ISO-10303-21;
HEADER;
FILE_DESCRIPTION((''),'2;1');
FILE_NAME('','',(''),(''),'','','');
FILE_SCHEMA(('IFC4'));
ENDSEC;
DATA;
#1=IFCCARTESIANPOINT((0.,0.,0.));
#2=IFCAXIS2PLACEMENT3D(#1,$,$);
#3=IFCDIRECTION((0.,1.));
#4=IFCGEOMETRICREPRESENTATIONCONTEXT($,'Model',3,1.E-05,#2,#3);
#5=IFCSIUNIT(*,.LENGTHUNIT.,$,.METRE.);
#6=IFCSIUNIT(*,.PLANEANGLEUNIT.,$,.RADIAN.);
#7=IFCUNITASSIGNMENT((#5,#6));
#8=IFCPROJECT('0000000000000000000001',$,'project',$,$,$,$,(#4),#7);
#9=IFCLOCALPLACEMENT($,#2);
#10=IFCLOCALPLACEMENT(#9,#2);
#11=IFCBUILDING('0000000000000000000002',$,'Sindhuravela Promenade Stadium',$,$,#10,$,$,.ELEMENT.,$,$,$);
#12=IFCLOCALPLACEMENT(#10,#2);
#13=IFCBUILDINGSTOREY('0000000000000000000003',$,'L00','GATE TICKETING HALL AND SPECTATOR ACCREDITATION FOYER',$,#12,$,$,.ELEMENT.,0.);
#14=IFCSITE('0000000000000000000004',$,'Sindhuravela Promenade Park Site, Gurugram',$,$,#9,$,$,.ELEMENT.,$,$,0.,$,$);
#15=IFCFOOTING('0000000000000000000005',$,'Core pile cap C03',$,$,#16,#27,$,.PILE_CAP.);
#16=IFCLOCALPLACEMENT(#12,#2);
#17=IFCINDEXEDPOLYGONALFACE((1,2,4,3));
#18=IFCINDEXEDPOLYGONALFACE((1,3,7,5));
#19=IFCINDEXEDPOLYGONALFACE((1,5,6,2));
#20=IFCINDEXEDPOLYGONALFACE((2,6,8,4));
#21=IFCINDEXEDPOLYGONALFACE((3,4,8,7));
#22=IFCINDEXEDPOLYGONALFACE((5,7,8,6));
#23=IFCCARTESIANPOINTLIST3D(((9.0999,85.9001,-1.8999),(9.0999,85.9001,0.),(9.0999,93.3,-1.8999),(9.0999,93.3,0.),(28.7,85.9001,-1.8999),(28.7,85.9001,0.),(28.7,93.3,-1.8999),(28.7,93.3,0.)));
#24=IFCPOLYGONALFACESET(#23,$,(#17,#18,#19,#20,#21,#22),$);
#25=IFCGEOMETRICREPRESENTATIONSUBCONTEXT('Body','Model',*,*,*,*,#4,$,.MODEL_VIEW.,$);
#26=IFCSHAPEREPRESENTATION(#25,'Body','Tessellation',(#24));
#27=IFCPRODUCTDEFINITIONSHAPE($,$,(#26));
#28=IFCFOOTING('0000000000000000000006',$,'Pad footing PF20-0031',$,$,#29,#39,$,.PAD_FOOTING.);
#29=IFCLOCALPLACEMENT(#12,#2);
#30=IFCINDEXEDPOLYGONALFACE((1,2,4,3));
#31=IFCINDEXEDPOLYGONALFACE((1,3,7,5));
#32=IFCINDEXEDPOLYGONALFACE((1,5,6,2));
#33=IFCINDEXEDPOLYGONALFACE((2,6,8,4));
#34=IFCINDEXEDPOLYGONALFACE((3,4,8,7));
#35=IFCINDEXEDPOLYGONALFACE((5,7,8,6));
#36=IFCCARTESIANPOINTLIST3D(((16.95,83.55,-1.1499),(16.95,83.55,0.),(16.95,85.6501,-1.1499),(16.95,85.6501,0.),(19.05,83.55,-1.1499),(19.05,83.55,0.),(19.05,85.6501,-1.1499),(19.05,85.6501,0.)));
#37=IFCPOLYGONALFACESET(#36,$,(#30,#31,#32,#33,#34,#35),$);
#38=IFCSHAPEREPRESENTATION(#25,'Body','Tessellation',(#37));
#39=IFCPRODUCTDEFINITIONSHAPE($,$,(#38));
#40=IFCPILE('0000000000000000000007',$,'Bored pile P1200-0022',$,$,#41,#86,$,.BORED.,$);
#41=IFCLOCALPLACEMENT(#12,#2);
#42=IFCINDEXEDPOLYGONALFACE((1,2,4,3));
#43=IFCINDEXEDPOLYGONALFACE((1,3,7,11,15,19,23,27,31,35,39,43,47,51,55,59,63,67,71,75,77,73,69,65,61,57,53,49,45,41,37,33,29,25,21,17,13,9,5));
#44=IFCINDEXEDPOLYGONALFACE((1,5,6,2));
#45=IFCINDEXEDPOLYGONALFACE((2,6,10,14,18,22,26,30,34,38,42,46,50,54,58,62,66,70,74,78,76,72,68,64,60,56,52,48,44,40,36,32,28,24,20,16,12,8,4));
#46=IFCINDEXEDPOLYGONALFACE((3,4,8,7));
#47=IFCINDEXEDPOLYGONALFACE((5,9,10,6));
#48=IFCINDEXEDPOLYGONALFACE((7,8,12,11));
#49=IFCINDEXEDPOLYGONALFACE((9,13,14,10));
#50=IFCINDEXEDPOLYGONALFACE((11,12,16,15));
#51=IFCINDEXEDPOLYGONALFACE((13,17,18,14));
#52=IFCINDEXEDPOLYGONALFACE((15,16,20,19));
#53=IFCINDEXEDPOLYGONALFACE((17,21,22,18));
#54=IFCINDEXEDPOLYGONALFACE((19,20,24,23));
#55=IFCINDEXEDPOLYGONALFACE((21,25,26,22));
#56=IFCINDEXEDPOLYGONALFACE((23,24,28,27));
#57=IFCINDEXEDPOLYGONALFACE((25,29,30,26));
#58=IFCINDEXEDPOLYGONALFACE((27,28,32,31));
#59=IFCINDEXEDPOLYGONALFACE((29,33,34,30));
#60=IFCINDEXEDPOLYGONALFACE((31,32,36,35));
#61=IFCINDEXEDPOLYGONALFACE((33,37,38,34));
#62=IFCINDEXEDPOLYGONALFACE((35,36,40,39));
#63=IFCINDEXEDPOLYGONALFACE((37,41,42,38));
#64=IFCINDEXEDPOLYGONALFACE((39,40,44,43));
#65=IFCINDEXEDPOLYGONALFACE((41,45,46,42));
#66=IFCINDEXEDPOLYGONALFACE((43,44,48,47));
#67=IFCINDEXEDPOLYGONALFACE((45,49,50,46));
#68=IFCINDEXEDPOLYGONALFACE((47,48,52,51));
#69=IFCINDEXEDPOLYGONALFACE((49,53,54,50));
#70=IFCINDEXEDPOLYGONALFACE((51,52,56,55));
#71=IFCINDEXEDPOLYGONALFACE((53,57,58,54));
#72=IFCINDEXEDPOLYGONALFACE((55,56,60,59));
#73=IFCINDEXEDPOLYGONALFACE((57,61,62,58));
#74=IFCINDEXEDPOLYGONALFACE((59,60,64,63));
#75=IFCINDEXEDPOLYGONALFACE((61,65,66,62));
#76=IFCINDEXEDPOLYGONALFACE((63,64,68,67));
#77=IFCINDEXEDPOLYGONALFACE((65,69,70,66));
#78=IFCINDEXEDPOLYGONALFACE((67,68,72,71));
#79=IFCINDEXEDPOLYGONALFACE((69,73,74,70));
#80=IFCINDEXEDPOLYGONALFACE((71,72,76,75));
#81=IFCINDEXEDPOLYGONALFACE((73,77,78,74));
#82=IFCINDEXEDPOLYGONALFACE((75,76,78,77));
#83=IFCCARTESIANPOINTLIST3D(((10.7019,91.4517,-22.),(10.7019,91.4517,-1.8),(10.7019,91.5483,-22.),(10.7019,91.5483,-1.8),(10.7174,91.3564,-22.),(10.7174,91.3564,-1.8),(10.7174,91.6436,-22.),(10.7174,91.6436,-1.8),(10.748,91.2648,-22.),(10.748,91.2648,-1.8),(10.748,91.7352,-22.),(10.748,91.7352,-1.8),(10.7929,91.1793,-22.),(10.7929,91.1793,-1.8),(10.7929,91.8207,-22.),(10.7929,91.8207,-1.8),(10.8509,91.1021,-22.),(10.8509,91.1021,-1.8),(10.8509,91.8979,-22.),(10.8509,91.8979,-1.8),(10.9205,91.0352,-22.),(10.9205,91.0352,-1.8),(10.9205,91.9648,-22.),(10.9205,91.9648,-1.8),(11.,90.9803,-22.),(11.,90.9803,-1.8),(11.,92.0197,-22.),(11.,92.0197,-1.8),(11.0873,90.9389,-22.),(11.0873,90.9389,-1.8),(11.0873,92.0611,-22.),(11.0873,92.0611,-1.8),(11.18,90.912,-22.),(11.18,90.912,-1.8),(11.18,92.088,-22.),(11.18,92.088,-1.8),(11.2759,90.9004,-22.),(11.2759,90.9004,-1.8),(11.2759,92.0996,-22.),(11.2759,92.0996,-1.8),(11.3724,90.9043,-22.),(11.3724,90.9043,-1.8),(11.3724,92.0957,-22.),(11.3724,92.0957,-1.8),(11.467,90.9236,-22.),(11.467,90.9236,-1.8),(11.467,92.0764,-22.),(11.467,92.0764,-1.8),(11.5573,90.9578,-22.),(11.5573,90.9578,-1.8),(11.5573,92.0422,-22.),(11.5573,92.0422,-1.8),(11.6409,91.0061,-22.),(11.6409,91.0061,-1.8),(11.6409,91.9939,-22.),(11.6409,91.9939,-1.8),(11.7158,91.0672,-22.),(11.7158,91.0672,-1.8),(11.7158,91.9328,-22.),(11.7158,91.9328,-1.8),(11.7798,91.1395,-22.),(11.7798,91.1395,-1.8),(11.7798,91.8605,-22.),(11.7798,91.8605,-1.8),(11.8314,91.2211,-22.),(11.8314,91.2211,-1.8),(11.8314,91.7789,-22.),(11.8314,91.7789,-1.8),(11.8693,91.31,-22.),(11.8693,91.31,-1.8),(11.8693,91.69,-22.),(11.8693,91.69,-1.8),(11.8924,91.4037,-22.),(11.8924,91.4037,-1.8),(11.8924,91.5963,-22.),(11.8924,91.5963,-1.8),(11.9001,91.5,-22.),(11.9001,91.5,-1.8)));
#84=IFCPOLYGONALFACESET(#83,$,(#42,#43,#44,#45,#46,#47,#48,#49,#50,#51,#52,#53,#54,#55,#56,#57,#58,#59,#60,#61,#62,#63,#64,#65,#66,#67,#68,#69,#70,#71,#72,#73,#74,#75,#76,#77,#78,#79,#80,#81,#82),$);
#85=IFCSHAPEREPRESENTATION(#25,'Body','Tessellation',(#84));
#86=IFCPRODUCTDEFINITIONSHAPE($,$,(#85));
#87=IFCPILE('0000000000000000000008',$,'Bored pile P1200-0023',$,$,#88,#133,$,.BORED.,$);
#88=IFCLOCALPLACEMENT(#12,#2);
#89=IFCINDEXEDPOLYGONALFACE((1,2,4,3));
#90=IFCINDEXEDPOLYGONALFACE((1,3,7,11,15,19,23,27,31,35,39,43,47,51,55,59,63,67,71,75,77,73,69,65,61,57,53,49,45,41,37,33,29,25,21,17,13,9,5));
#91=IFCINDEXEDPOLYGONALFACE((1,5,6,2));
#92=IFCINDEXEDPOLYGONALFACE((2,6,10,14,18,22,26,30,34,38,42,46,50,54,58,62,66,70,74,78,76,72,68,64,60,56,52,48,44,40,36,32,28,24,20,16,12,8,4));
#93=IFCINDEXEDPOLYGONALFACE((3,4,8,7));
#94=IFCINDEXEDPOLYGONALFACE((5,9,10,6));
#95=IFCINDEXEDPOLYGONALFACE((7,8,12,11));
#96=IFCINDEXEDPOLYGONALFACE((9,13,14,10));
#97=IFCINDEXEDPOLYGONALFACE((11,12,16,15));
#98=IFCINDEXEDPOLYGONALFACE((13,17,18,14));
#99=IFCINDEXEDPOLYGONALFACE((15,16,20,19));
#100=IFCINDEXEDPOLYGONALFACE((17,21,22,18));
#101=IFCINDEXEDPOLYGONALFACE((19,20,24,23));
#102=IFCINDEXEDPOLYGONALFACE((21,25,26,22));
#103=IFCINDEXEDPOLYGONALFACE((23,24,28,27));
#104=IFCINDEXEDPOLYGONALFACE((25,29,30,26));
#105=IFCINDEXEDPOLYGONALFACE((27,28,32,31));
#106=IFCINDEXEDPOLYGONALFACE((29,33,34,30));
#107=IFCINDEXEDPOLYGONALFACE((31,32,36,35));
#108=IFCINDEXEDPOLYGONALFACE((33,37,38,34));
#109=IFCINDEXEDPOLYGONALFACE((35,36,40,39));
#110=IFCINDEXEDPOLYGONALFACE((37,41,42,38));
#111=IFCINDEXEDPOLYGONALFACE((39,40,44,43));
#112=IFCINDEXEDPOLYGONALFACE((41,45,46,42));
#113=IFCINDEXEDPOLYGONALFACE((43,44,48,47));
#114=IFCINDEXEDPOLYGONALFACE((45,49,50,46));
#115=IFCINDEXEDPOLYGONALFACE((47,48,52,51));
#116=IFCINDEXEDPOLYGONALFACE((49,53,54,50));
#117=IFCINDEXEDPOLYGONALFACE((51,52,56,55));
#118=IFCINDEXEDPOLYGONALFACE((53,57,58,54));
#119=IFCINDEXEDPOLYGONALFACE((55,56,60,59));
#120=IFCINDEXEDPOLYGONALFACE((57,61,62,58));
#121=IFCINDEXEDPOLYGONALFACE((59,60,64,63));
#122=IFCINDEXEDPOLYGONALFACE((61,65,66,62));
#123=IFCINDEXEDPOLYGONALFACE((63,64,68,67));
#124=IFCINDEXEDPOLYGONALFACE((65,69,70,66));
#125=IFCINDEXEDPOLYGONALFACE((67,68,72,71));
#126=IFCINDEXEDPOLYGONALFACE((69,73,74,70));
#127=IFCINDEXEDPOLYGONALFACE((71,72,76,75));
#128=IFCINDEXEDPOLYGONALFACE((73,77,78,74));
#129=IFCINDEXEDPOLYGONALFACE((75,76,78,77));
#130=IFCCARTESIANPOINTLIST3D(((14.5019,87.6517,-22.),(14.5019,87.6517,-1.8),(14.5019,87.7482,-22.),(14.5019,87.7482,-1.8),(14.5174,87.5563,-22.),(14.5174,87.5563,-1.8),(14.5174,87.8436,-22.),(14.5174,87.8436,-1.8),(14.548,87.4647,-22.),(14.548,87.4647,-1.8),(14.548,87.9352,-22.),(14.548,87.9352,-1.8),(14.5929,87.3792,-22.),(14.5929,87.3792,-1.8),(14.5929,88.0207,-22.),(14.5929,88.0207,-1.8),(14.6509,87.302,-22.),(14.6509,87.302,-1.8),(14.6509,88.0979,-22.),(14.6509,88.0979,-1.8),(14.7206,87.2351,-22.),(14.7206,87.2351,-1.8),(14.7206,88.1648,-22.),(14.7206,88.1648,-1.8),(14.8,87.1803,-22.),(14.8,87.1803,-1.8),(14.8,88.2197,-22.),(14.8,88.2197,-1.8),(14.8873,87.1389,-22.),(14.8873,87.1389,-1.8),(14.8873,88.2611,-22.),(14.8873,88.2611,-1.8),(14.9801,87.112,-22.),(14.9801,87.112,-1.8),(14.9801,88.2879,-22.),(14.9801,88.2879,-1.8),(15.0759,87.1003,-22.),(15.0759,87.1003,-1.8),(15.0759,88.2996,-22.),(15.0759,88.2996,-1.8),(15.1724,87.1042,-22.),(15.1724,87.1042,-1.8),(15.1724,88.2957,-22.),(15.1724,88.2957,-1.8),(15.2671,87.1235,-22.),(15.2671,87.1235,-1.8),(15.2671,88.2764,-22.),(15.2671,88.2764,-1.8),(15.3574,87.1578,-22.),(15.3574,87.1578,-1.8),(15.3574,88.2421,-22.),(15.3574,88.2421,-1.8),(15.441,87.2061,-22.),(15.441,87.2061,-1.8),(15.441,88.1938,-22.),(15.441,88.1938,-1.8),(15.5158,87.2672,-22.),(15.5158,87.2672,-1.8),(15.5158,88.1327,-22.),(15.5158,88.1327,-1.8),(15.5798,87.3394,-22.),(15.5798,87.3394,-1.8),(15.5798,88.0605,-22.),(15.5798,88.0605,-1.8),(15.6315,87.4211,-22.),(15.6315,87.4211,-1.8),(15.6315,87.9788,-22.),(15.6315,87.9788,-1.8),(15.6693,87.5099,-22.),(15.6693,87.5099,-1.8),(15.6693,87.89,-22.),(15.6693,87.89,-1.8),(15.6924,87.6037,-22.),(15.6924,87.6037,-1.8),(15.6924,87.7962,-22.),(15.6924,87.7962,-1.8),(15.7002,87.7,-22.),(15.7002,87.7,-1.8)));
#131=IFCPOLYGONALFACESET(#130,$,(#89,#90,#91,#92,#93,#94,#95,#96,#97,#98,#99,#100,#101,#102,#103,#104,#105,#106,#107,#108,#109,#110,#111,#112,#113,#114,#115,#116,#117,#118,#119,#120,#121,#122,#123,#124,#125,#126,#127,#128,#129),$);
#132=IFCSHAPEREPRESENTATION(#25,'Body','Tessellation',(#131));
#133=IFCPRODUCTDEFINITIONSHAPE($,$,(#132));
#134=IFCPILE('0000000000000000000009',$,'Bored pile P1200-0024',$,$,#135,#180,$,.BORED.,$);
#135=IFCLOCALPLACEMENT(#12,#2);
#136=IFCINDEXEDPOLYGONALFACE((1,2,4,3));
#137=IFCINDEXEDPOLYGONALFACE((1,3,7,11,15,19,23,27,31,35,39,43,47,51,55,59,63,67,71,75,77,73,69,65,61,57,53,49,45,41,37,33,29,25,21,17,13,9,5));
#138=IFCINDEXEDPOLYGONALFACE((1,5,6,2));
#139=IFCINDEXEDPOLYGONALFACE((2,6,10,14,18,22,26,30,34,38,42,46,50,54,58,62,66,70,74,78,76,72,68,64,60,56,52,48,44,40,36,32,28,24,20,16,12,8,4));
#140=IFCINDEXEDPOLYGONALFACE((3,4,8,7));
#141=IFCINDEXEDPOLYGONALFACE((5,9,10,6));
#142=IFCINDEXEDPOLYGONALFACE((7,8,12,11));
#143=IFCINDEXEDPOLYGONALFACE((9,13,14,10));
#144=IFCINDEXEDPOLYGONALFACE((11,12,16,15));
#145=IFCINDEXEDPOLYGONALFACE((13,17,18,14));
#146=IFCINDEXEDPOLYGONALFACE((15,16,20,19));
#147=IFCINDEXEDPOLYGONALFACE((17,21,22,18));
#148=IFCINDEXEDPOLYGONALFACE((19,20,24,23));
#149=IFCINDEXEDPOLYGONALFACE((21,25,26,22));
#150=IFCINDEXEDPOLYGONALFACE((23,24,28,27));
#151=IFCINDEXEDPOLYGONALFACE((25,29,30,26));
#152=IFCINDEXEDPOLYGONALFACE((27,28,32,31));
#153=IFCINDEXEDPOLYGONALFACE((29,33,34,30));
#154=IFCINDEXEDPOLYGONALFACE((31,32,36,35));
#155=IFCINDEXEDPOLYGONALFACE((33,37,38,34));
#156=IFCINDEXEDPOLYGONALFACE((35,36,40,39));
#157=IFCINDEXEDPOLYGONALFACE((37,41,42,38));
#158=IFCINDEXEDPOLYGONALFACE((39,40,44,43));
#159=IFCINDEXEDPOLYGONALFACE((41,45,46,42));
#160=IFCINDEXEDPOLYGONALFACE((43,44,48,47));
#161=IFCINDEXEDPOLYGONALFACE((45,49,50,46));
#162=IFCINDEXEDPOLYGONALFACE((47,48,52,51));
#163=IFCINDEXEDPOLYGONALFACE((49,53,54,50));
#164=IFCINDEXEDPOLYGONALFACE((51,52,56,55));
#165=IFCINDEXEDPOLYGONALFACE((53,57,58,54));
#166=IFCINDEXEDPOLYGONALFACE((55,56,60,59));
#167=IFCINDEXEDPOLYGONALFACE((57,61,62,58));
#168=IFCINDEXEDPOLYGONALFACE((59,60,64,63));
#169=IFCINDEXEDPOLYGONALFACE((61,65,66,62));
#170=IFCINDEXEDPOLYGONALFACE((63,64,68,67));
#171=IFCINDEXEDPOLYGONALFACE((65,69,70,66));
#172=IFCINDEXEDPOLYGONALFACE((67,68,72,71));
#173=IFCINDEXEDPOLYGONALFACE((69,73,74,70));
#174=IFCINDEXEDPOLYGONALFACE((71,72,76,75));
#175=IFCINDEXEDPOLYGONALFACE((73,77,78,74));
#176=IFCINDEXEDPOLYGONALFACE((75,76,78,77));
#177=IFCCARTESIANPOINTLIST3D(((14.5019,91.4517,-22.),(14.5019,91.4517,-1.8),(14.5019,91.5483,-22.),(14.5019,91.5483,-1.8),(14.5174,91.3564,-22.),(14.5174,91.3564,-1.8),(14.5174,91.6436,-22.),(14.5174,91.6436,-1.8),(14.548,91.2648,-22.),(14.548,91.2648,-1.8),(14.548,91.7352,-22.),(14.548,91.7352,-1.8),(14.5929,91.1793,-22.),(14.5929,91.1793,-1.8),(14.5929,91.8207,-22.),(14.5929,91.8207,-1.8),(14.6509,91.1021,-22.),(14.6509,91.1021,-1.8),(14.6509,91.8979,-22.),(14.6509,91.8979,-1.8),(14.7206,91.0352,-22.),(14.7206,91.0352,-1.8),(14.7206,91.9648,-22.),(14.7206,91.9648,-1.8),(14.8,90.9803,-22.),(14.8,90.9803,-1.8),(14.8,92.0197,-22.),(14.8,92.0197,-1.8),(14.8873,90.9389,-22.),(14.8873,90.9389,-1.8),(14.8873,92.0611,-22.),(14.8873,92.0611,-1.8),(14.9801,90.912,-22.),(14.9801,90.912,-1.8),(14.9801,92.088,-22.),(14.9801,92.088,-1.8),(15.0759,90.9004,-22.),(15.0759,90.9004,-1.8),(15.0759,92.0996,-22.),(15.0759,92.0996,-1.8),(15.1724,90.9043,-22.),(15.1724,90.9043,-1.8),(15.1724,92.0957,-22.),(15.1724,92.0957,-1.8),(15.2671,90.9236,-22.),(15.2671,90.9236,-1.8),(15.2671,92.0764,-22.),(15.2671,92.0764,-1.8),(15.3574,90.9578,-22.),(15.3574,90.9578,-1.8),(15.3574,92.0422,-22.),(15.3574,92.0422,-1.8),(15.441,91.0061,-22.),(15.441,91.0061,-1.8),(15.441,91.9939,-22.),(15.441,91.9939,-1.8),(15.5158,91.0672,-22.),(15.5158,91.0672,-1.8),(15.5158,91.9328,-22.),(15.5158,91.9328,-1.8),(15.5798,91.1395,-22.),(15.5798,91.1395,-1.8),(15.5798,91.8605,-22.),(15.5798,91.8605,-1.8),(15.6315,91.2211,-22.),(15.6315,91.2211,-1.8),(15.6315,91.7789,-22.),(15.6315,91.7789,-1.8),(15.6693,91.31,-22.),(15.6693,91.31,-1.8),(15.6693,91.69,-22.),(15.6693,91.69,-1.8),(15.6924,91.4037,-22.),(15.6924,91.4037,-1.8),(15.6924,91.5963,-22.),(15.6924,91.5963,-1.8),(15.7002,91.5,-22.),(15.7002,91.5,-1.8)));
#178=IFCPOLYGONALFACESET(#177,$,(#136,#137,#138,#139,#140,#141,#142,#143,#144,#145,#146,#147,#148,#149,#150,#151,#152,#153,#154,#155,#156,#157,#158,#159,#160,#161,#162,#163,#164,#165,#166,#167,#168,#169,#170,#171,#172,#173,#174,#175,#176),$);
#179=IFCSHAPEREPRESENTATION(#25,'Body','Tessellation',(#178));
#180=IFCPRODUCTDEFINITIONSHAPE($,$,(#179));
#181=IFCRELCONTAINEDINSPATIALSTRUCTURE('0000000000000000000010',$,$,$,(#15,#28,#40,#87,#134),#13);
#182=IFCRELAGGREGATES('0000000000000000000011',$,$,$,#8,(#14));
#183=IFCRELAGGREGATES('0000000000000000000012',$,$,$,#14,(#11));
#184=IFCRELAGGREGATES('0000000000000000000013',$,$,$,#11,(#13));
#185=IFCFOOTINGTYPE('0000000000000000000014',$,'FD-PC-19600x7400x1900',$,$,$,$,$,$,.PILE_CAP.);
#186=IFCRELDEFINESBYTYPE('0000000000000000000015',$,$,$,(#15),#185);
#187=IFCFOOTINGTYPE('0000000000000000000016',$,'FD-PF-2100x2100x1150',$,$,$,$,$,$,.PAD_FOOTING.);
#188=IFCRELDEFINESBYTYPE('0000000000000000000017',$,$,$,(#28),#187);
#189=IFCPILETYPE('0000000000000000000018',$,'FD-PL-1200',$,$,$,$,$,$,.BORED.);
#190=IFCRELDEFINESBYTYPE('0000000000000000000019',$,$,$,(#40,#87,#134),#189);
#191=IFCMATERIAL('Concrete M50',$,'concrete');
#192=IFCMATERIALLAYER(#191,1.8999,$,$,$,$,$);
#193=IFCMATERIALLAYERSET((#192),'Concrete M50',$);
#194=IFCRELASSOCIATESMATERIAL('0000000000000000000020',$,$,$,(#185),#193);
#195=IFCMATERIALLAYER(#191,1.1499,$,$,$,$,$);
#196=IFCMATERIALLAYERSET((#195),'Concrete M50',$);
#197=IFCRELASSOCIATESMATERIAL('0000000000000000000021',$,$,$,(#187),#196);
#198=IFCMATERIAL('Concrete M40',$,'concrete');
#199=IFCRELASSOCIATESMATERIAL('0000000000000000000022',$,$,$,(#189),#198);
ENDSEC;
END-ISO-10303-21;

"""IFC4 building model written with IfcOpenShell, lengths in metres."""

from ifc_helpers import new_model, si_unit, direction, frame, origin, origin_2d, place, context, subcontext, project, spatial, rectangle, circle, extrude, material, layer, layer_set, material_profile, profile_set, type_object, element, save


model = new_model("IFC4")

# Units and contexts
model_context = context("Model", 3, precision=1e-05, world=origin(), true_north=direction((0.0, 1.0)))
body_context = subcontext(model_context, "Body", "Model", "MODEL_VIEW")
ifc_project = project(units=[si_unit("LENGTHUNIT", "METRE"), si_unit("PLANEANGLEUNIT", "RADIAN")], contexts=[model_context])

# Site, building, storey
site_placement = place(None, origin())
site = spatial("IfcSite", under=ifc_project, at=site_placement, Name="Sindhuravela Promenade Park Site, Gurugram", CompositionType="ELEMENT", RefElevation=0.0)
building_placement = place(site_placement, origin())
building = spatial("IfcBuilding", under=site, at=building_placement, Name="Sindhuravela Promenade Stadium", CompositionType="ELEMENT")
storey_placement = place(building_placement, origin())
storey = spatial("IfcBuildingStorey", under=building, at=storey_placement, Name="L00", Description="GATE TICKETING HALL AND SPECTATOR ACCREDITATION FOYER", CompositionType="ELEMENT", Elevation=0.0)

# Footings
ifc_material_1 = material(Name="Concrete M50", Category="concrete")
ifc_layer_1 = layer(ifc_material_1, 1.8999)
ifc_layer_set_1 = layer_set([ifc_layer_1], Name="Concrete M50")
footing_type_1 = type_object("IfcFootingType", Name="FD-PC-19600x7400x1900", PredefinedType="PILE_CAP", material=ifc_layer_set_1)
footing_1_placement = place(storey_placement, frame((18.8999, 89.6001, -1.8999), z_axis=(0.0, 0.0, 1.0), x_axis=(1.0, 0.0, 0.0)))
element("IfcFooting", 1, at=footing_1_placement, inside=storey, type_object=footing_type_1, Name="Core pile cap C03", PredefinedType="PILE_CAP", context=body_context, shape_type="SweptSolid", body=[
    extrude(rectangle(XDim=19.6001, YDim=7.3999, at=origin_2d()), origin(), (0.0, 0.0, 1.0), 1.8999),
])
ifc_layer_2 = layer(ifc_material_1, 1.1499)
ifc_layer_set_2 = layer_set([ifc_layer_2], Name="Concrete M50")
footing_type_2 = type_object("IfcFootingType", Name="FD-PF-2100x2100x1150", PredefinedType="PAD_FOOTING", material=ifc_layer_set_2)
footing_2_placement = place(storey_placement, frame((18.0, 84.6001, -1.1499), z_axis=(0.0, 0.0, 1.0), x_axis=(1.0, 0.0, 0.0)))
element("IfcFooting", 2, at=footing_2_placement, inside=storey, type_object=footing_type_2, Name="Pad footing PF20-0031", PredefinedType="PAD_FOOTING", context=body_context, shape_type="SweptSolid", body=[
    extrude(rectangle(XDim=2.1001, YDim=2.1001, at=origin_2d()), origin(), (0.0, 0.0, 1.0), 1.1499),
])

# Piles
ifc_material_2 = material(Name="Concrete M40", Category="concrete")
ifc_material_profile_1 = material_profile(ifc_material_2, circle(Radius=0.6001, at=origin_2d()), Name="BORED PILE D1200")
ifc_profile_set_1 = profile_set([ifc_material_profile_1], Name="Concrete M40")
pile_type = type_object("IfcPileType", Name="FD-PL-1200", PredefinedType="BORED", material=ifc_profile_set_1)
for number, where, z_axis, x_axis, name in (
    (3, (11.3, 91.5, -1.8), (0.0, 0.0, -1.0), (1.0, 0.0, 0.0), "Bored pile P1200-0022"),
    (4, (15.1001, 87.7, -1.8), (0.0, 0.0, -1.0), (1.0, 0.0, 0.0), "Bored pile P1200-0023"),
    (5, (15.1001, 91.5, -1.8), (0.0, 0.0, -1.0), (1.0, 0.0, 0.0), "Bored pile P1200-0024"),
):
    element("IfcPile", number, at=place(storey_placement, frame(where, z_axis=z_axis, x_axis=x_axis)), inside=storey, type_object=pile_type, Name=name, PredefinedType="BORED", context=body_context, shape_type="SweptSolid", body=[
        extrude(circle(Radius=0.6001, at=origin_2d()), origin(), (0.0, 0.0, 1.0), 20.2),
    ])

save(model, "model.ifc")
